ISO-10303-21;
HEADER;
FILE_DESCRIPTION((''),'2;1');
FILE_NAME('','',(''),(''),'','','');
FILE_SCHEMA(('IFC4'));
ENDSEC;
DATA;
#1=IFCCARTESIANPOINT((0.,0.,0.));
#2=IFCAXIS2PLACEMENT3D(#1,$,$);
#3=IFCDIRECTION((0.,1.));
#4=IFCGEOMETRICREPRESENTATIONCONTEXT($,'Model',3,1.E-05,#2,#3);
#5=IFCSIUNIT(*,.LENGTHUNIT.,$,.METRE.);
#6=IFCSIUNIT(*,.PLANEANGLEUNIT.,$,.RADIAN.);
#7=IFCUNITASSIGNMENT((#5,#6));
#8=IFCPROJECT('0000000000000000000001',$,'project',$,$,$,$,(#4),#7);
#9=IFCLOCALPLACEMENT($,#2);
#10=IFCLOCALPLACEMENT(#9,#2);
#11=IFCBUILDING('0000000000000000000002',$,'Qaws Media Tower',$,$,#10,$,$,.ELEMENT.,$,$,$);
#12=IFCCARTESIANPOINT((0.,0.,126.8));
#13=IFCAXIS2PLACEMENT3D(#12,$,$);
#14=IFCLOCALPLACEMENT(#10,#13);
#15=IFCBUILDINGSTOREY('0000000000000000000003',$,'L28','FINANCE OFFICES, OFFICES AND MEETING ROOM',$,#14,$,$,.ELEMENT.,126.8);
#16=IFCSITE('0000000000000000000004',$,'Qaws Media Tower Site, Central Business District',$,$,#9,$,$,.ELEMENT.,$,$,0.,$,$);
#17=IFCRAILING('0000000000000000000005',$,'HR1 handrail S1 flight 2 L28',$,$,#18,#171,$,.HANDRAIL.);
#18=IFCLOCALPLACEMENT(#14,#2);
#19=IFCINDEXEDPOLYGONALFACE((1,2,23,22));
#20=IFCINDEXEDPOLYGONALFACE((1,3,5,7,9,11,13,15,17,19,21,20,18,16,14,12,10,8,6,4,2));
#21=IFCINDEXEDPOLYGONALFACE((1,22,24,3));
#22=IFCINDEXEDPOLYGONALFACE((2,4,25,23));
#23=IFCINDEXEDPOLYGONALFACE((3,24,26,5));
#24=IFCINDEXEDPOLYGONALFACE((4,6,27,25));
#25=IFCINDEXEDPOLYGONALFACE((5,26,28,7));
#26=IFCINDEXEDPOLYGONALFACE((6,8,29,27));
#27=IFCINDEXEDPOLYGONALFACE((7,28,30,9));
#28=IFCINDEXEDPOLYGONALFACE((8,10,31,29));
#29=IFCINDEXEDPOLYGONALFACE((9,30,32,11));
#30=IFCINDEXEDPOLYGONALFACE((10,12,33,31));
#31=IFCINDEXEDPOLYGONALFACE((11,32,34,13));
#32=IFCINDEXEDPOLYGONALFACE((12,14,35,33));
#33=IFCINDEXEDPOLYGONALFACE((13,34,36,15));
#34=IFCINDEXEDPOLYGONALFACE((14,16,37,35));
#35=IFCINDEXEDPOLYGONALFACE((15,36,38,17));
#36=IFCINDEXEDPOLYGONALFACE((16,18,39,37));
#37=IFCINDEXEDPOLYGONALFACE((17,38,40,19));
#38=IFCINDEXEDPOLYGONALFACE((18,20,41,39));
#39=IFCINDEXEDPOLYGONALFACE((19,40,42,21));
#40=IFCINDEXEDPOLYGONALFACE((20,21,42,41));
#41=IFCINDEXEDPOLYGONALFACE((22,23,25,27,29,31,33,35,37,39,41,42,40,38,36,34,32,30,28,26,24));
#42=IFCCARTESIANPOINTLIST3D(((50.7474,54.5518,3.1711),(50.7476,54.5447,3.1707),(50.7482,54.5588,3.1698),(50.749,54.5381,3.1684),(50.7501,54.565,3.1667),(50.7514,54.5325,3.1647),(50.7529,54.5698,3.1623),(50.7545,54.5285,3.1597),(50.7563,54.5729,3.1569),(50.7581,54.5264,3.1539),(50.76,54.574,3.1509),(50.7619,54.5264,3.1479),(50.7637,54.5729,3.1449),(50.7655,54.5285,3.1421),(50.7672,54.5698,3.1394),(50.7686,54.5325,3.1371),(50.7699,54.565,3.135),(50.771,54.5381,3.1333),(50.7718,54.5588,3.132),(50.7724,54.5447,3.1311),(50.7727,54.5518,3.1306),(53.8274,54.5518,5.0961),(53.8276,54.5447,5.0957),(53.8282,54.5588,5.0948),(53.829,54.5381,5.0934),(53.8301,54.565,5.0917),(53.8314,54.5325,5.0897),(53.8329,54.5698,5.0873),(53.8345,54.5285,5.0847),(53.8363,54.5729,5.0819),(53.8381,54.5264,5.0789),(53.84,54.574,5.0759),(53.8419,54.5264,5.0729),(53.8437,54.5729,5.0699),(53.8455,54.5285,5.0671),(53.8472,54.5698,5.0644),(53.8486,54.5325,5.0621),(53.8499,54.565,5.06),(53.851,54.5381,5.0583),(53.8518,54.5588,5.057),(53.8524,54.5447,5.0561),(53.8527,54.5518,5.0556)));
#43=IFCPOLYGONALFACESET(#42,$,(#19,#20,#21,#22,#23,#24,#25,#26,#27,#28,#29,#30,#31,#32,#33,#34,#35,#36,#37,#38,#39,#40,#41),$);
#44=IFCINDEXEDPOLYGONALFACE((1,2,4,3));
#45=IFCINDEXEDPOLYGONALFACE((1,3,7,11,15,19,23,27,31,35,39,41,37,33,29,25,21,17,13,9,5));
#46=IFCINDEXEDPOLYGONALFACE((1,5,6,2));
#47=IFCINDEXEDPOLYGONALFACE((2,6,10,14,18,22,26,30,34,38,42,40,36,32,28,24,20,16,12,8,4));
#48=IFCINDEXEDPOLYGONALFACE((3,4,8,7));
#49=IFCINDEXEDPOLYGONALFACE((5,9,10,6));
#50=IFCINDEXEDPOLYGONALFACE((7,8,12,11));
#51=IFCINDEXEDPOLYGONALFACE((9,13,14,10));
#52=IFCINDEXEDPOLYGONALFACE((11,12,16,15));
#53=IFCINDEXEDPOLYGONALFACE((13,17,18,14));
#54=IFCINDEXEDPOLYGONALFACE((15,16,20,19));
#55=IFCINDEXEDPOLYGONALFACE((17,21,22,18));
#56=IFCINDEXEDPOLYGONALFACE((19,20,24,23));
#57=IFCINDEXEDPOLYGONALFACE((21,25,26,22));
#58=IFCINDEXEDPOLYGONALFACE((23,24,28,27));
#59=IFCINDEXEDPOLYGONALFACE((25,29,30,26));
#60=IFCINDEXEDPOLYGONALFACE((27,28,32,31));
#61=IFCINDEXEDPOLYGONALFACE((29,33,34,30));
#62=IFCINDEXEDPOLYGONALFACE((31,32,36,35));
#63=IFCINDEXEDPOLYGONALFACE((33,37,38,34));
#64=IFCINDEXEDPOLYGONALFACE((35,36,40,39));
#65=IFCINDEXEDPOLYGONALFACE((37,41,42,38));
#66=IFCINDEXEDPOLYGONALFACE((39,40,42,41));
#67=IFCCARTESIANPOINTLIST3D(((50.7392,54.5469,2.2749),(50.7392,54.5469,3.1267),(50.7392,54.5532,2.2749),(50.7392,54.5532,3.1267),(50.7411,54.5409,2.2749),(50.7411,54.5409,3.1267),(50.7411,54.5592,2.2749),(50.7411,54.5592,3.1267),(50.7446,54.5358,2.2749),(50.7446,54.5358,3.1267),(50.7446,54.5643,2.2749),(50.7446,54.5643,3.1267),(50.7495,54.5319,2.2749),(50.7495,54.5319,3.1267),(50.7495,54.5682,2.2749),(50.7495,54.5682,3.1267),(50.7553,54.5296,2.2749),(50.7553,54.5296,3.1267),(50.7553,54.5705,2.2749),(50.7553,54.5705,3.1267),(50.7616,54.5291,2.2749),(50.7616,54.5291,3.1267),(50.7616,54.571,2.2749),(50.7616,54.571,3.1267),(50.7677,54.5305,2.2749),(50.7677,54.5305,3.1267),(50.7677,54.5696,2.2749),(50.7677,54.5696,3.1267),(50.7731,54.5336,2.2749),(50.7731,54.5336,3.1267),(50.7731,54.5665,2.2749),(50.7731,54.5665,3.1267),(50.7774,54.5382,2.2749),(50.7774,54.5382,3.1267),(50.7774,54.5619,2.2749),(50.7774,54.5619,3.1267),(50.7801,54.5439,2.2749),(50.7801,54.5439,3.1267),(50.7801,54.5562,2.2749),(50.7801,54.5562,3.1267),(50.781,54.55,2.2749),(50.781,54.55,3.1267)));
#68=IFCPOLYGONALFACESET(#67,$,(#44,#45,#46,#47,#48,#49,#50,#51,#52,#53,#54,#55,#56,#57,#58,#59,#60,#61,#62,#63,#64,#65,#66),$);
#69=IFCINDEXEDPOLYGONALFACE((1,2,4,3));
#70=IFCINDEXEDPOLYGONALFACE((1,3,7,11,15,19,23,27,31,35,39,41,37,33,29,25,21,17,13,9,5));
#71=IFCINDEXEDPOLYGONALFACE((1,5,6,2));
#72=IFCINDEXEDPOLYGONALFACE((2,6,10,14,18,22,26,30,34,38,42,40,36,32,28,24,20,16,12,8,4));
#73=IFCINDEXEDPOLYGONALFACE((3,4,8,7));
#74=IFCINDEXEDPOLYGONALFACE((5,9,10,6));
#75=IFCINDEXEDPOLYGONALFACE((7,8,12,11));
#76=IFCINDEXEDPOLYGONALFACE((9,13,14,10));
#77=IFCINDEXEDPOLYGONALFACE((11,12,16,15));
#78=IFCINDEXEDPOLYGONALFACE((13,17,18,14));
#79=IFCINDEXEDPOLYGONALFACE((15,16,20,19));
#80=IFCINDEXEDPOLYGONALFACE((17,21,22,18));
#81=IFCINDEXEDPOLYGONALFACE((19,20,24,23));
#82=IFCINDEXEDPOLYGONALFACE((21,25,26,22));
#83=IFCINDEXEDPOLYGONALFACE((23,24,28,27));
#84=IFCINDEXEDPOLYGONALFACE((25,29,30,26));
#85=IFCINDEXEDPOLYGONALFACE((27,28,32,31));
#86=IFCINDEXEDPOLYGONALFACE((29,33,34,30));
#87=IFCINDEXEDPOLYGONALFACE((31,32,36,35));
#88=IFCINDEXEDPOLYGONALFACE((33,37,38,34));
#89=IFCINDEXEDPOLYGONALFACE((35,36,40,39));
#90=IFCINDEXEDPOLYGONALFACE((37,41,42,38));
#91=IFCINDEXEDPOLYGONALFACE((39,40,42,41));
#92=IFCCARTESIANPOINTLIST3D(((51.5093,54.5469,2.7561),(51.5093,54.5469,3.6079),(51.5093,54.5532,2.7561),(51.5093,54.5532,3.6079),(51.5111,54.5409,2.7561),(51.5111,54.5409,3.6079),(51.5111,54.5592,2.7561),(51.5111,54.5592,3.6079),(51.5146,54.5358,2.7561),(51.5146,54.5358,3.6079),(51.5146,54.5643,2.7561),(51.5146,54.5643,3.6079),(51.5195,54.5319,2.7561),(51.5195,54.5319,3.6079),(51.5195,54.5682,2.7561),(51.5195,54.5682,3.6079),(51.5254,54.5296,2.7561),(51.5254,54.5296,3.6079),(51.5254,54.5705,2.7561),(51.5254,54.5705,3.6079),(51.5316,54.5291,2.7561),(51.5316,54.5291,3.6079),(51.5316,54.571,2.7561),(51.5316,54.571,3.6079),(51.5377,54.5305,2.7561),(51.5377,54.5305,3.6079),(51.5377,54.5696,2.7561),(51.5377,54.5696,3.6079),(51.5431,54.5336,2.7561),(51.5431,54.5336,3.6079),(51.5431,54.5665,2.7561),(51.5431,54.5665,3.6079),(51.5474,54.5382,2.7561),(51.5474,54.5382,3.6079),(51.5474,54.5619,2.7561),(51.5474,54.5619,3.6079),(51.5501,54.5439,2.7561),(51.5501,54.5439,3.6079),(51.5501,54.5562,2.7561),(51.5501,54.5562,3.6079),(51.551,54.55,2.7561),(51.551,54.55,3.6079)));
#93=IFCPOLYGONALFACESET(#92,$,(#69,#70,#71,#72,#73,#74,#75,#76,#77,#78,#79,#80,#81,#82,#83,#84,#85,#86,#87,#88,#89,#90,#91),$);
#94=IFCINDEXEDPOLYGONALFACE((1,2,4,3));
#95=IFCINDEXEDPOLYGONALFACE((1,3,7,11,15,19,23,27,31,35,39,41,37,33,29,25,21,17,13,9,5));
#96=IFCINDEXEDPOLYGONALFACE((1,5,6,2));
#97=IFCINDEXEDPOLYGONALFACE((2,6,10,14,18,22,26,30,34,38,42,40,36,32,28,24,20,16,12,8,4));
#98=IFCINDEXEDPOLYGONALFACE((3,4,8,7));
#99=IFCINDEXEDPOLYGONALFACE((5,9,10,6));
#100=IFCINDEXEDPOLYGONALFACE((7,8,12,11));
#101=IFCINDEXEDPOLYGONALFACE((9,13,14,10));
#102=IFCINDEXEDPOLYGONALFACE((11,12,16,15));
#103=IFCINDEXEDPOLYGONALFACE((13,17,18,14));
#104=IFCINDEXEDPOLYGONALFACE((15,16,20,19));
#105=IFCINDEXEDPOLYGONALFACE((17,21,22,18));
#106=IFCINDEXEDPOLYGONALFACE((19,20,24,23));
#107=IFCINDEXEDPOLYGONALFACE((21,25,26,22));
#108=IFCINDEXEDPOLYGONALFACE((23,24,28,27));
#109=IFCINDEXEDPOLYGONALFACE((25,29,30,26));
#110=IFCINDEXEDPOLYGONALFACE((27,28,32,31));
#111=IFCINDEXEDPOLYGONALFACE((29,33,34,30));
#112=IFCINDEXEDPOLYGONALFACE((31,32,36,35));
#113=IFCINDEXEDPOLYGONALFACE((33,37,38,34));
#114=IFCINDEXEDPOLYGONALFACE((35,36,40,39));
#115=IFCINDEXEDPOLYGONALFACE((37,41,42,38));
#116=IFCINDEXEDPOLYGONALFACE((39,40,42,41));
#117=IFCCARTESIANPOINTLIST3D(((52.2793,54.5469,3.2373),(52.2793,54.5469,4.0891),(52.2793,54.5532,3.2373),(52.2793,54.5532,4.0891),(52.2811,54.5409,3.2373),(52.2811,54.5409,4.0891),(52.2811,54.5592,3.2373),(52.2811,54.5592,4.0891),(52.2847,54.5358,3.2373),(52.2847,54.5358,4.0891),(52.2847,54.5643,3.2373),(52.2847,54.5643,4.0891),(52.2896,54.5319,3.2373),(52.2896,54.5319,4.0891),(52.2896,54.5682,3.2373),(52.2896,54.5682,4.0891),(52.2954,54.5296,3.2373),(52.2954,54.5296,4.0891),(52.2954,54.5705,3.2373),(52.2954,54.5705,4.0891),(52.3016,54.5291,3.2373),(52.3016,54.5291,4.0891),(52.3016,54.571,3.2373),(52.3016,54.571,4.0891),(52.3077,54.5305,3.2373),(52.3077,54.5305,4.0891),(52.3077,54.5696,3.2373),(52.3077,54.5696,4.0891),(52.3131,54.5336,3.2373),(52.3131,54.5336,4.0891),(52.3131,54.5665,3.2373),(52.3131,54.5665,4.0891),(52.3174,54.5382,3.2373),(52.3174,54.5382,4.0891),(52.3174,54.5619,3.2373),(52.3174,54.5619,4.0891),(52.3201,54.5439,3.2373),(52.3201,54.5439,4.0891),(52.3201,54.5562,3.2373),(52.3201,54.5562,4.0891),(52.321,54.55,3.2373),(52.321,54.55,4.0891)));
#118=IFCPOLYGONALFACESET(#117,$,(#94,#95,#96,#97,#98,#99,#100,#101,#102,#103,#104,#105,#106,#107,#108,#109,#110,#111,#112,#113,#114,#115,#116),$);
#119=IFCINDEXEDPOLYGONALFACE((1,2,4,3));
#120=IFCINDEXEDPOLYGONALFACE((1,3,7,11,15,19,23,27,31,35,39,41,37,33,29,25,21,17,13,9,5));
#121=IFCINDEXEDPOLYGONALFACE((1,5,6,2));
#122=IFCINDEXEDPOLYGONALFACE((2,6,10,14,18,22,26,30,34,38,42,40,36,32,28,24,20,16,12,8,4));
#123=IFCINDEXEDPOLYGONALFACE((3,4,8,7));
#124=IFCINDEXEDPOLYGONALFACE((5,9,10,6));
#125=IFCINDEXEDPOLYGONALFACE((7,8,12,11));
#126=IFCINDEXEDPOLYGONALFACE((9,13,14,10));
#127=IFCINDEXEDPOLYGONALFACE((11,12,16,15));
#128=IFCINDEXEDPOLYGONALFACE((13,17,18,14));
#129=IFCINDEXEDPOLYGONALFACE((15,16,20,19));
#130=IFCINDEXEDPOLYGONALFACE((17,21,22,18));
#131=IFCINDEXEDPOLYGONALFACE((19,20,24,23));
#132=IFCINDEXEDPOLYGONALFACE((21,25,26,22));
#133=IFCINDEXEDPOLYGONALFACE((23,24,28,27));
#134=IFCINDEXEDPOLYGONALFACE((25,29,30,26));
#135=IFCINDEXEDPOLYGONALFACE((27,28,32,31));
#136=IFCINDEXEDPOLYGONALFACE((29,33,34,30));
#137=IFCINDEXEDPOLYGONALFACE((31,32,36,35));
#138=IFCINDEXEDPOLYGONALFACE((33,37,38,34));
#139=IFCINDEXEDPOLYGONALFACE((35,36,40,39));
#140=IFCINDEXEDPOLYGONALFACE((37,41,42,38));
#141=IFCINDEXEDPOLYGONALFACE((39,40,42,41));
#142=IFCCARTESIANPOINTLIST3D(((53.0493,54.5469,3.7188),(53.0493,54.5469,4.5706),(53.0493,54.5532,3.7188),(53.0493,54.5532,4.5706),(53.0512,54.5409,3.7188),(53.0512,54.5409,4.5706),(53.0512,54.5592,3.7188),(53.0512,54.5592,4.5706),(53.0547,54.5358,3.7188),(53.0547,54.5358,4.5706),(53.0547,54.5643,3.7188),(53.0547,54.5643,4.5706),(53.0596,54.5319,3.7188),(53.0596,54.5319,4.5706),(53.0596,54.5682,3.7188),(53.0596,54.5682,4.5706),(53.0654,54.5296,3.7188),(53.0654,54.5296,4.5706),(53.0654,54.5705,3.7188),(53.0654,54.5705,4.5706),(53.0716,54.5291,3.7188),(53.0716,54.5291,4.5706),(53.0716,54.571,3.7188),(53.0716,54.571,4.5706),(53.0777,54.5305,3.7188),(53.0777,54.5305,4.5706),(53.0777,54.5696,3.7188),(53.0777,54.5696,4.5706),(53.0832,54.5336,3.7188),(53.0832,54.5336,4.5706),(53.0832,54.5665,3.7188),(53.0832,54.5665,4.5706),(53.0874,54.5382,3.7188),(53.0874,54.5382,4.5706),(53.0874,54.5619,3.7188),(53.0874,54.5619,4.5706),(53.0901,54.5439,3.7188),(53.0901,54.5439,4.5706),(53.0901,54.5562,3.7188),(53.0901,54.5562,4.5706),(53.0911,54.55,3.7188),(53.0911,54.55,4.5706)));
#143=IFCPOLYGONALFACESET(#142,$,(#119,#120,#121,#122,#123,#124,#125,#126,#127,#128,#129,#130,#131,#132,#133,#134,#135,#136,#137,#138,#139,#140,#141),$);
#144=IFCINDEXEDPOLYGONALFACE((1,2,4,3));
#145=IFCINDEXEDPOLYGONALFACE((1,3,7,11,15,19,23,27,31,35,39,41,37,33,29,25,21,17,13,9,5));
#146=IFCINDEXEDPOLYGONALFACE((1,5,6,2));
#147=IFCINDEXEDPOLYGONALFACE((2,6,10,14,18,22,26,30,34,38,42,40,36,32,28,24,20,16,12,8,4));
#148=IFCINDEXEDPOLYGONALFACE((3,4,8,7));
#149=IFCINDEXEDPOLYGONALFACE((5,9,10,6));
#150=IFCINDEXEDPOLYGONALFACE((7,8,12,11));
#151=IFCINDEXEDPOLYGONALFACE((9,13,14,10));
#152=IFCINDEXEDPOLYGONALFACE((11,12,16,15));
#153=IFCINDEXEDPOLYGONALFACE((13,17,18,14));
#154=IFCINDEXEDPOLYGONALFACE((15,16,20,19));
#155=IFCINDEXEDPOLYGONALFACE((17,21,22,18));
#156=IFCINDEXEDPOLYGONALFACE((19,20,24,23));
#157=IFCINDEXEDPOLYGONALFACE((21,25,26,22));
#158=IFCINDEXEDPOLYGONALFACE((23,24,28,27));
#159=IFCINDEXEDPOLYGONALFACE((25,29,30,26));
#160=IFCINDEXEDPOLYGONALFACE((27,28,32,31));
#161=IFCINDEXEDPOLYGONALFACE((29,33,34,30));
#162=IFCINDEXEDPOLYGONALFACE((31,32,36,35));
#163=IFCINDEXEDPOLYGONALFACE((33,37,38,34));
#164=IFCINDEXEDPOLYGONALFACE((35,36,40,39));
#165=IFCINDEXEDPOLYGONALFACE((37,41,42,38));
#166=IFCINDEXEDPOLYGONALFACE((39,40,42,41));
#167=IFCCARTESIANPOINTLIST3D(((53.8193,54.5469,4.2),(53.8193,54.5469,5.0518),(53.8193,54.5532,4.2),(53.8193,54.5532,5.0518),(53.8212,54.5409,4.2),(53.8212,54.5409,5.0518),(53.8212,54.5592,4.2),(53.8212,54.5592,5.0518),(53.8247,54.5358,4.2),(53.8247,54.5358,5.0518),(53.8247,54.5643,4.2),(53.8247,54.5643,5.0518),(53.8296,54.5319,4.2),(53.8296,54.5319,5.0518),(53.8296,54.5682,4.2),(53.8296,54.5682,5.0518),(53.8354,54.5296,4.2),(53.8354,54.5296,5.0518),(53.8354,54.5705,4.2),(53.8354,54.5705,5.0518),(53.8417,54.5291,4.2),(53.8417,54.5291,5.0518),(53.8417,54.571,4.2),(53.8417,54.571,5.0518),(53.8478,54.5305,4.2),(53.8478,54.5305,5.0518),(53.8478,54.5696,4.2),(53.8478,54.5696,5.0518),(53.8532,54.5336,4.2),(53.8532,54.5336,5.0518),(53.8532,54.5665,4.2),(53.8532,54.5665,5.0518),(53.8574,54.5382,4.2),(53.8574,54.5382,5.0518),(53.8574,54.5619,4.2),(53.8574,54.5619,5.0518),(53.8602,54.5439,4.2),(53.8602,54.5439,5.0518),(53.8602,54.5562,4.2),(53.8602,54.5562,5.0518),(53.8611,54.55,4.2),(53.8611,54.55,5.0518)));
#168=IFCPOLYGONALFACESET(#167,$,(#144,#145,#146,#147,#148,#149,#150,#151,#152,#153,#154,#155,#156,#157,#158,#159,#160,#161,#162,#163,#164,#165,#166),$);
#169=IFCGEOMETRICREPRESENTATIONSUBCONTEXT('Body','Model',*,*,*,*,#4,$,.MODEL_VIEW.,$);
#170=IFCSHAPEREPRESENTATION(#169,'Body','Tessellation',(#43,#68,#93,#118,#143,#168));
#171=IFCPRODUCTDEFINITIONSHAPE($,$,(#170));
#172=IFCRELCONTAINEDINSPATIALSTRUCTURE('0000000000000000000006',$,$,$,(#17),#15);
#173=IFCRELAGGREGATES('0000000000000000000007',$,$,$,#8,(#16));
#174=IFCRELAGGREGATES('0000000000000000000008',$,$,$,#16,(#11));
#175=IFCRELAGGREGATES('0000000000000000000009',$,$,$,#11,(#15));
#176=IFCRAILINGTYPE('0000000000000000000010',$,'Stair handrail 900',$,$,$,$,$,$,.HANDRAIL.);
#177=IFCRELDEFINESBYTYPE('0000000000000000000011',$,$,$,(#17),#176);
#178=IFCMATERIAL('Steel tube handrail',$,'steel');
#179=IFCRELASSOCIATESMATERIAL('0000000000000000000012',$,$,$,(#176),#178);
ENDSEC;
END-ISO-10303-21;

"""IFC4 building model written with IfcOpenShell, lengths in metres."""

from ifc_helpers import new_model, si_unit, direction, frame, origin, origin_2d, place, context, subcontext, project, spatial, circle, extrude, material, type_object, element, save


model = new_model("IFC4")

# Units and contexts
model_context = context("Model", 3, precision=1e-05, world=origin(), true_north=direction((0.0, 1.0)))
body_context = subcontext(model_context, "Body", "Model", "MODEL_VIEW")
ifc_project = project(units=[si_unit("LENGTHUNIT", "METRE"), si_unit("PLANEANGLEUNIT", "RADIAN")], contexts=[model_context])

# Site, building, storey
site_placement = place(None, origin())
site = spatial("IfcSite", under=ifc_project, at=site_placement, Name="Qaws Media Tower Site, Central Business District", CompositionType="ELEMENT", RefElevation=0.0)
building_placement = place(site_placement, origin())
building = spatial("IfcBuilding", under=site, at=building_placement, Name="Qaws Media Tower", CompositionType="ELEMENT")
storey_placement = place(building_placement, frame((0.0, 0.0, 126.8)))
storey = spatial("IfcBuildingStorey", under=building, at=storey_placement, Name="L28", Description="FINANCE OFFICES, OFFICES AND MEETING ROOM", CompositionType="ELEMENT", Elevation=126.8)

# Railing
ifc_material_1 = material(Name="Steel tube handrail", Category="steel")
railing_type = type_object("IfcRailingType", Name="Stair handrail 900", PredefinedType="HANDRAIL", material=ifc_material_1)
for number, where, name in (
    (1, (50.76, 54.55, 2.2749), "HR1 handrail S1 flight 2 L28"),
):
    element("IfcRailing", number, at=place(storey_placement, frame(where)), inside=storey, type_object=railing_type, Name=name, PredefinedType="HANDRAIL", context=body_context, shape_type="SweptSolid", body=[
        extrude(circle(Radius=0.0239, at=origin_2d()), frame((0.0, 0.0, 0.876), z_axis=(0.847998, 0.0, 0.529999), x_axis=(0.0, 1.0, 0.0)), (0.0, 0.0, 1.0), 3.6321),
        extrude(circle(Radius=0.021, at=origin_2d()), origin(), (0.0, 0.0, 1.0), 0.8518),
        extrude(circle(Radius=0.021, at=origin_2d()), frame((0.77, 0.0, 0.4812)), (0.0, 0.0, 1.0), 0.8518),
        extrude(circle(Radius=0.021, at=origin_2d()), frame((1.54, 0.0, 0.9624)), (0.0, 0.0, 1.0), 0.8518),
        extrude(circle(Radius=0.021, at=origin_2d()), frame((2.3101, 0.0, 1.4438)), (0.0, 0.0, 1.0), 0.8518),
        extrude(circle(Radius=0.021, at=origin_2d()), frame((3.0801, 0.0, 1.925)), (0.0, 0.0, 1.0), 0.8518),
    ])

save(model, "model.ifc")
